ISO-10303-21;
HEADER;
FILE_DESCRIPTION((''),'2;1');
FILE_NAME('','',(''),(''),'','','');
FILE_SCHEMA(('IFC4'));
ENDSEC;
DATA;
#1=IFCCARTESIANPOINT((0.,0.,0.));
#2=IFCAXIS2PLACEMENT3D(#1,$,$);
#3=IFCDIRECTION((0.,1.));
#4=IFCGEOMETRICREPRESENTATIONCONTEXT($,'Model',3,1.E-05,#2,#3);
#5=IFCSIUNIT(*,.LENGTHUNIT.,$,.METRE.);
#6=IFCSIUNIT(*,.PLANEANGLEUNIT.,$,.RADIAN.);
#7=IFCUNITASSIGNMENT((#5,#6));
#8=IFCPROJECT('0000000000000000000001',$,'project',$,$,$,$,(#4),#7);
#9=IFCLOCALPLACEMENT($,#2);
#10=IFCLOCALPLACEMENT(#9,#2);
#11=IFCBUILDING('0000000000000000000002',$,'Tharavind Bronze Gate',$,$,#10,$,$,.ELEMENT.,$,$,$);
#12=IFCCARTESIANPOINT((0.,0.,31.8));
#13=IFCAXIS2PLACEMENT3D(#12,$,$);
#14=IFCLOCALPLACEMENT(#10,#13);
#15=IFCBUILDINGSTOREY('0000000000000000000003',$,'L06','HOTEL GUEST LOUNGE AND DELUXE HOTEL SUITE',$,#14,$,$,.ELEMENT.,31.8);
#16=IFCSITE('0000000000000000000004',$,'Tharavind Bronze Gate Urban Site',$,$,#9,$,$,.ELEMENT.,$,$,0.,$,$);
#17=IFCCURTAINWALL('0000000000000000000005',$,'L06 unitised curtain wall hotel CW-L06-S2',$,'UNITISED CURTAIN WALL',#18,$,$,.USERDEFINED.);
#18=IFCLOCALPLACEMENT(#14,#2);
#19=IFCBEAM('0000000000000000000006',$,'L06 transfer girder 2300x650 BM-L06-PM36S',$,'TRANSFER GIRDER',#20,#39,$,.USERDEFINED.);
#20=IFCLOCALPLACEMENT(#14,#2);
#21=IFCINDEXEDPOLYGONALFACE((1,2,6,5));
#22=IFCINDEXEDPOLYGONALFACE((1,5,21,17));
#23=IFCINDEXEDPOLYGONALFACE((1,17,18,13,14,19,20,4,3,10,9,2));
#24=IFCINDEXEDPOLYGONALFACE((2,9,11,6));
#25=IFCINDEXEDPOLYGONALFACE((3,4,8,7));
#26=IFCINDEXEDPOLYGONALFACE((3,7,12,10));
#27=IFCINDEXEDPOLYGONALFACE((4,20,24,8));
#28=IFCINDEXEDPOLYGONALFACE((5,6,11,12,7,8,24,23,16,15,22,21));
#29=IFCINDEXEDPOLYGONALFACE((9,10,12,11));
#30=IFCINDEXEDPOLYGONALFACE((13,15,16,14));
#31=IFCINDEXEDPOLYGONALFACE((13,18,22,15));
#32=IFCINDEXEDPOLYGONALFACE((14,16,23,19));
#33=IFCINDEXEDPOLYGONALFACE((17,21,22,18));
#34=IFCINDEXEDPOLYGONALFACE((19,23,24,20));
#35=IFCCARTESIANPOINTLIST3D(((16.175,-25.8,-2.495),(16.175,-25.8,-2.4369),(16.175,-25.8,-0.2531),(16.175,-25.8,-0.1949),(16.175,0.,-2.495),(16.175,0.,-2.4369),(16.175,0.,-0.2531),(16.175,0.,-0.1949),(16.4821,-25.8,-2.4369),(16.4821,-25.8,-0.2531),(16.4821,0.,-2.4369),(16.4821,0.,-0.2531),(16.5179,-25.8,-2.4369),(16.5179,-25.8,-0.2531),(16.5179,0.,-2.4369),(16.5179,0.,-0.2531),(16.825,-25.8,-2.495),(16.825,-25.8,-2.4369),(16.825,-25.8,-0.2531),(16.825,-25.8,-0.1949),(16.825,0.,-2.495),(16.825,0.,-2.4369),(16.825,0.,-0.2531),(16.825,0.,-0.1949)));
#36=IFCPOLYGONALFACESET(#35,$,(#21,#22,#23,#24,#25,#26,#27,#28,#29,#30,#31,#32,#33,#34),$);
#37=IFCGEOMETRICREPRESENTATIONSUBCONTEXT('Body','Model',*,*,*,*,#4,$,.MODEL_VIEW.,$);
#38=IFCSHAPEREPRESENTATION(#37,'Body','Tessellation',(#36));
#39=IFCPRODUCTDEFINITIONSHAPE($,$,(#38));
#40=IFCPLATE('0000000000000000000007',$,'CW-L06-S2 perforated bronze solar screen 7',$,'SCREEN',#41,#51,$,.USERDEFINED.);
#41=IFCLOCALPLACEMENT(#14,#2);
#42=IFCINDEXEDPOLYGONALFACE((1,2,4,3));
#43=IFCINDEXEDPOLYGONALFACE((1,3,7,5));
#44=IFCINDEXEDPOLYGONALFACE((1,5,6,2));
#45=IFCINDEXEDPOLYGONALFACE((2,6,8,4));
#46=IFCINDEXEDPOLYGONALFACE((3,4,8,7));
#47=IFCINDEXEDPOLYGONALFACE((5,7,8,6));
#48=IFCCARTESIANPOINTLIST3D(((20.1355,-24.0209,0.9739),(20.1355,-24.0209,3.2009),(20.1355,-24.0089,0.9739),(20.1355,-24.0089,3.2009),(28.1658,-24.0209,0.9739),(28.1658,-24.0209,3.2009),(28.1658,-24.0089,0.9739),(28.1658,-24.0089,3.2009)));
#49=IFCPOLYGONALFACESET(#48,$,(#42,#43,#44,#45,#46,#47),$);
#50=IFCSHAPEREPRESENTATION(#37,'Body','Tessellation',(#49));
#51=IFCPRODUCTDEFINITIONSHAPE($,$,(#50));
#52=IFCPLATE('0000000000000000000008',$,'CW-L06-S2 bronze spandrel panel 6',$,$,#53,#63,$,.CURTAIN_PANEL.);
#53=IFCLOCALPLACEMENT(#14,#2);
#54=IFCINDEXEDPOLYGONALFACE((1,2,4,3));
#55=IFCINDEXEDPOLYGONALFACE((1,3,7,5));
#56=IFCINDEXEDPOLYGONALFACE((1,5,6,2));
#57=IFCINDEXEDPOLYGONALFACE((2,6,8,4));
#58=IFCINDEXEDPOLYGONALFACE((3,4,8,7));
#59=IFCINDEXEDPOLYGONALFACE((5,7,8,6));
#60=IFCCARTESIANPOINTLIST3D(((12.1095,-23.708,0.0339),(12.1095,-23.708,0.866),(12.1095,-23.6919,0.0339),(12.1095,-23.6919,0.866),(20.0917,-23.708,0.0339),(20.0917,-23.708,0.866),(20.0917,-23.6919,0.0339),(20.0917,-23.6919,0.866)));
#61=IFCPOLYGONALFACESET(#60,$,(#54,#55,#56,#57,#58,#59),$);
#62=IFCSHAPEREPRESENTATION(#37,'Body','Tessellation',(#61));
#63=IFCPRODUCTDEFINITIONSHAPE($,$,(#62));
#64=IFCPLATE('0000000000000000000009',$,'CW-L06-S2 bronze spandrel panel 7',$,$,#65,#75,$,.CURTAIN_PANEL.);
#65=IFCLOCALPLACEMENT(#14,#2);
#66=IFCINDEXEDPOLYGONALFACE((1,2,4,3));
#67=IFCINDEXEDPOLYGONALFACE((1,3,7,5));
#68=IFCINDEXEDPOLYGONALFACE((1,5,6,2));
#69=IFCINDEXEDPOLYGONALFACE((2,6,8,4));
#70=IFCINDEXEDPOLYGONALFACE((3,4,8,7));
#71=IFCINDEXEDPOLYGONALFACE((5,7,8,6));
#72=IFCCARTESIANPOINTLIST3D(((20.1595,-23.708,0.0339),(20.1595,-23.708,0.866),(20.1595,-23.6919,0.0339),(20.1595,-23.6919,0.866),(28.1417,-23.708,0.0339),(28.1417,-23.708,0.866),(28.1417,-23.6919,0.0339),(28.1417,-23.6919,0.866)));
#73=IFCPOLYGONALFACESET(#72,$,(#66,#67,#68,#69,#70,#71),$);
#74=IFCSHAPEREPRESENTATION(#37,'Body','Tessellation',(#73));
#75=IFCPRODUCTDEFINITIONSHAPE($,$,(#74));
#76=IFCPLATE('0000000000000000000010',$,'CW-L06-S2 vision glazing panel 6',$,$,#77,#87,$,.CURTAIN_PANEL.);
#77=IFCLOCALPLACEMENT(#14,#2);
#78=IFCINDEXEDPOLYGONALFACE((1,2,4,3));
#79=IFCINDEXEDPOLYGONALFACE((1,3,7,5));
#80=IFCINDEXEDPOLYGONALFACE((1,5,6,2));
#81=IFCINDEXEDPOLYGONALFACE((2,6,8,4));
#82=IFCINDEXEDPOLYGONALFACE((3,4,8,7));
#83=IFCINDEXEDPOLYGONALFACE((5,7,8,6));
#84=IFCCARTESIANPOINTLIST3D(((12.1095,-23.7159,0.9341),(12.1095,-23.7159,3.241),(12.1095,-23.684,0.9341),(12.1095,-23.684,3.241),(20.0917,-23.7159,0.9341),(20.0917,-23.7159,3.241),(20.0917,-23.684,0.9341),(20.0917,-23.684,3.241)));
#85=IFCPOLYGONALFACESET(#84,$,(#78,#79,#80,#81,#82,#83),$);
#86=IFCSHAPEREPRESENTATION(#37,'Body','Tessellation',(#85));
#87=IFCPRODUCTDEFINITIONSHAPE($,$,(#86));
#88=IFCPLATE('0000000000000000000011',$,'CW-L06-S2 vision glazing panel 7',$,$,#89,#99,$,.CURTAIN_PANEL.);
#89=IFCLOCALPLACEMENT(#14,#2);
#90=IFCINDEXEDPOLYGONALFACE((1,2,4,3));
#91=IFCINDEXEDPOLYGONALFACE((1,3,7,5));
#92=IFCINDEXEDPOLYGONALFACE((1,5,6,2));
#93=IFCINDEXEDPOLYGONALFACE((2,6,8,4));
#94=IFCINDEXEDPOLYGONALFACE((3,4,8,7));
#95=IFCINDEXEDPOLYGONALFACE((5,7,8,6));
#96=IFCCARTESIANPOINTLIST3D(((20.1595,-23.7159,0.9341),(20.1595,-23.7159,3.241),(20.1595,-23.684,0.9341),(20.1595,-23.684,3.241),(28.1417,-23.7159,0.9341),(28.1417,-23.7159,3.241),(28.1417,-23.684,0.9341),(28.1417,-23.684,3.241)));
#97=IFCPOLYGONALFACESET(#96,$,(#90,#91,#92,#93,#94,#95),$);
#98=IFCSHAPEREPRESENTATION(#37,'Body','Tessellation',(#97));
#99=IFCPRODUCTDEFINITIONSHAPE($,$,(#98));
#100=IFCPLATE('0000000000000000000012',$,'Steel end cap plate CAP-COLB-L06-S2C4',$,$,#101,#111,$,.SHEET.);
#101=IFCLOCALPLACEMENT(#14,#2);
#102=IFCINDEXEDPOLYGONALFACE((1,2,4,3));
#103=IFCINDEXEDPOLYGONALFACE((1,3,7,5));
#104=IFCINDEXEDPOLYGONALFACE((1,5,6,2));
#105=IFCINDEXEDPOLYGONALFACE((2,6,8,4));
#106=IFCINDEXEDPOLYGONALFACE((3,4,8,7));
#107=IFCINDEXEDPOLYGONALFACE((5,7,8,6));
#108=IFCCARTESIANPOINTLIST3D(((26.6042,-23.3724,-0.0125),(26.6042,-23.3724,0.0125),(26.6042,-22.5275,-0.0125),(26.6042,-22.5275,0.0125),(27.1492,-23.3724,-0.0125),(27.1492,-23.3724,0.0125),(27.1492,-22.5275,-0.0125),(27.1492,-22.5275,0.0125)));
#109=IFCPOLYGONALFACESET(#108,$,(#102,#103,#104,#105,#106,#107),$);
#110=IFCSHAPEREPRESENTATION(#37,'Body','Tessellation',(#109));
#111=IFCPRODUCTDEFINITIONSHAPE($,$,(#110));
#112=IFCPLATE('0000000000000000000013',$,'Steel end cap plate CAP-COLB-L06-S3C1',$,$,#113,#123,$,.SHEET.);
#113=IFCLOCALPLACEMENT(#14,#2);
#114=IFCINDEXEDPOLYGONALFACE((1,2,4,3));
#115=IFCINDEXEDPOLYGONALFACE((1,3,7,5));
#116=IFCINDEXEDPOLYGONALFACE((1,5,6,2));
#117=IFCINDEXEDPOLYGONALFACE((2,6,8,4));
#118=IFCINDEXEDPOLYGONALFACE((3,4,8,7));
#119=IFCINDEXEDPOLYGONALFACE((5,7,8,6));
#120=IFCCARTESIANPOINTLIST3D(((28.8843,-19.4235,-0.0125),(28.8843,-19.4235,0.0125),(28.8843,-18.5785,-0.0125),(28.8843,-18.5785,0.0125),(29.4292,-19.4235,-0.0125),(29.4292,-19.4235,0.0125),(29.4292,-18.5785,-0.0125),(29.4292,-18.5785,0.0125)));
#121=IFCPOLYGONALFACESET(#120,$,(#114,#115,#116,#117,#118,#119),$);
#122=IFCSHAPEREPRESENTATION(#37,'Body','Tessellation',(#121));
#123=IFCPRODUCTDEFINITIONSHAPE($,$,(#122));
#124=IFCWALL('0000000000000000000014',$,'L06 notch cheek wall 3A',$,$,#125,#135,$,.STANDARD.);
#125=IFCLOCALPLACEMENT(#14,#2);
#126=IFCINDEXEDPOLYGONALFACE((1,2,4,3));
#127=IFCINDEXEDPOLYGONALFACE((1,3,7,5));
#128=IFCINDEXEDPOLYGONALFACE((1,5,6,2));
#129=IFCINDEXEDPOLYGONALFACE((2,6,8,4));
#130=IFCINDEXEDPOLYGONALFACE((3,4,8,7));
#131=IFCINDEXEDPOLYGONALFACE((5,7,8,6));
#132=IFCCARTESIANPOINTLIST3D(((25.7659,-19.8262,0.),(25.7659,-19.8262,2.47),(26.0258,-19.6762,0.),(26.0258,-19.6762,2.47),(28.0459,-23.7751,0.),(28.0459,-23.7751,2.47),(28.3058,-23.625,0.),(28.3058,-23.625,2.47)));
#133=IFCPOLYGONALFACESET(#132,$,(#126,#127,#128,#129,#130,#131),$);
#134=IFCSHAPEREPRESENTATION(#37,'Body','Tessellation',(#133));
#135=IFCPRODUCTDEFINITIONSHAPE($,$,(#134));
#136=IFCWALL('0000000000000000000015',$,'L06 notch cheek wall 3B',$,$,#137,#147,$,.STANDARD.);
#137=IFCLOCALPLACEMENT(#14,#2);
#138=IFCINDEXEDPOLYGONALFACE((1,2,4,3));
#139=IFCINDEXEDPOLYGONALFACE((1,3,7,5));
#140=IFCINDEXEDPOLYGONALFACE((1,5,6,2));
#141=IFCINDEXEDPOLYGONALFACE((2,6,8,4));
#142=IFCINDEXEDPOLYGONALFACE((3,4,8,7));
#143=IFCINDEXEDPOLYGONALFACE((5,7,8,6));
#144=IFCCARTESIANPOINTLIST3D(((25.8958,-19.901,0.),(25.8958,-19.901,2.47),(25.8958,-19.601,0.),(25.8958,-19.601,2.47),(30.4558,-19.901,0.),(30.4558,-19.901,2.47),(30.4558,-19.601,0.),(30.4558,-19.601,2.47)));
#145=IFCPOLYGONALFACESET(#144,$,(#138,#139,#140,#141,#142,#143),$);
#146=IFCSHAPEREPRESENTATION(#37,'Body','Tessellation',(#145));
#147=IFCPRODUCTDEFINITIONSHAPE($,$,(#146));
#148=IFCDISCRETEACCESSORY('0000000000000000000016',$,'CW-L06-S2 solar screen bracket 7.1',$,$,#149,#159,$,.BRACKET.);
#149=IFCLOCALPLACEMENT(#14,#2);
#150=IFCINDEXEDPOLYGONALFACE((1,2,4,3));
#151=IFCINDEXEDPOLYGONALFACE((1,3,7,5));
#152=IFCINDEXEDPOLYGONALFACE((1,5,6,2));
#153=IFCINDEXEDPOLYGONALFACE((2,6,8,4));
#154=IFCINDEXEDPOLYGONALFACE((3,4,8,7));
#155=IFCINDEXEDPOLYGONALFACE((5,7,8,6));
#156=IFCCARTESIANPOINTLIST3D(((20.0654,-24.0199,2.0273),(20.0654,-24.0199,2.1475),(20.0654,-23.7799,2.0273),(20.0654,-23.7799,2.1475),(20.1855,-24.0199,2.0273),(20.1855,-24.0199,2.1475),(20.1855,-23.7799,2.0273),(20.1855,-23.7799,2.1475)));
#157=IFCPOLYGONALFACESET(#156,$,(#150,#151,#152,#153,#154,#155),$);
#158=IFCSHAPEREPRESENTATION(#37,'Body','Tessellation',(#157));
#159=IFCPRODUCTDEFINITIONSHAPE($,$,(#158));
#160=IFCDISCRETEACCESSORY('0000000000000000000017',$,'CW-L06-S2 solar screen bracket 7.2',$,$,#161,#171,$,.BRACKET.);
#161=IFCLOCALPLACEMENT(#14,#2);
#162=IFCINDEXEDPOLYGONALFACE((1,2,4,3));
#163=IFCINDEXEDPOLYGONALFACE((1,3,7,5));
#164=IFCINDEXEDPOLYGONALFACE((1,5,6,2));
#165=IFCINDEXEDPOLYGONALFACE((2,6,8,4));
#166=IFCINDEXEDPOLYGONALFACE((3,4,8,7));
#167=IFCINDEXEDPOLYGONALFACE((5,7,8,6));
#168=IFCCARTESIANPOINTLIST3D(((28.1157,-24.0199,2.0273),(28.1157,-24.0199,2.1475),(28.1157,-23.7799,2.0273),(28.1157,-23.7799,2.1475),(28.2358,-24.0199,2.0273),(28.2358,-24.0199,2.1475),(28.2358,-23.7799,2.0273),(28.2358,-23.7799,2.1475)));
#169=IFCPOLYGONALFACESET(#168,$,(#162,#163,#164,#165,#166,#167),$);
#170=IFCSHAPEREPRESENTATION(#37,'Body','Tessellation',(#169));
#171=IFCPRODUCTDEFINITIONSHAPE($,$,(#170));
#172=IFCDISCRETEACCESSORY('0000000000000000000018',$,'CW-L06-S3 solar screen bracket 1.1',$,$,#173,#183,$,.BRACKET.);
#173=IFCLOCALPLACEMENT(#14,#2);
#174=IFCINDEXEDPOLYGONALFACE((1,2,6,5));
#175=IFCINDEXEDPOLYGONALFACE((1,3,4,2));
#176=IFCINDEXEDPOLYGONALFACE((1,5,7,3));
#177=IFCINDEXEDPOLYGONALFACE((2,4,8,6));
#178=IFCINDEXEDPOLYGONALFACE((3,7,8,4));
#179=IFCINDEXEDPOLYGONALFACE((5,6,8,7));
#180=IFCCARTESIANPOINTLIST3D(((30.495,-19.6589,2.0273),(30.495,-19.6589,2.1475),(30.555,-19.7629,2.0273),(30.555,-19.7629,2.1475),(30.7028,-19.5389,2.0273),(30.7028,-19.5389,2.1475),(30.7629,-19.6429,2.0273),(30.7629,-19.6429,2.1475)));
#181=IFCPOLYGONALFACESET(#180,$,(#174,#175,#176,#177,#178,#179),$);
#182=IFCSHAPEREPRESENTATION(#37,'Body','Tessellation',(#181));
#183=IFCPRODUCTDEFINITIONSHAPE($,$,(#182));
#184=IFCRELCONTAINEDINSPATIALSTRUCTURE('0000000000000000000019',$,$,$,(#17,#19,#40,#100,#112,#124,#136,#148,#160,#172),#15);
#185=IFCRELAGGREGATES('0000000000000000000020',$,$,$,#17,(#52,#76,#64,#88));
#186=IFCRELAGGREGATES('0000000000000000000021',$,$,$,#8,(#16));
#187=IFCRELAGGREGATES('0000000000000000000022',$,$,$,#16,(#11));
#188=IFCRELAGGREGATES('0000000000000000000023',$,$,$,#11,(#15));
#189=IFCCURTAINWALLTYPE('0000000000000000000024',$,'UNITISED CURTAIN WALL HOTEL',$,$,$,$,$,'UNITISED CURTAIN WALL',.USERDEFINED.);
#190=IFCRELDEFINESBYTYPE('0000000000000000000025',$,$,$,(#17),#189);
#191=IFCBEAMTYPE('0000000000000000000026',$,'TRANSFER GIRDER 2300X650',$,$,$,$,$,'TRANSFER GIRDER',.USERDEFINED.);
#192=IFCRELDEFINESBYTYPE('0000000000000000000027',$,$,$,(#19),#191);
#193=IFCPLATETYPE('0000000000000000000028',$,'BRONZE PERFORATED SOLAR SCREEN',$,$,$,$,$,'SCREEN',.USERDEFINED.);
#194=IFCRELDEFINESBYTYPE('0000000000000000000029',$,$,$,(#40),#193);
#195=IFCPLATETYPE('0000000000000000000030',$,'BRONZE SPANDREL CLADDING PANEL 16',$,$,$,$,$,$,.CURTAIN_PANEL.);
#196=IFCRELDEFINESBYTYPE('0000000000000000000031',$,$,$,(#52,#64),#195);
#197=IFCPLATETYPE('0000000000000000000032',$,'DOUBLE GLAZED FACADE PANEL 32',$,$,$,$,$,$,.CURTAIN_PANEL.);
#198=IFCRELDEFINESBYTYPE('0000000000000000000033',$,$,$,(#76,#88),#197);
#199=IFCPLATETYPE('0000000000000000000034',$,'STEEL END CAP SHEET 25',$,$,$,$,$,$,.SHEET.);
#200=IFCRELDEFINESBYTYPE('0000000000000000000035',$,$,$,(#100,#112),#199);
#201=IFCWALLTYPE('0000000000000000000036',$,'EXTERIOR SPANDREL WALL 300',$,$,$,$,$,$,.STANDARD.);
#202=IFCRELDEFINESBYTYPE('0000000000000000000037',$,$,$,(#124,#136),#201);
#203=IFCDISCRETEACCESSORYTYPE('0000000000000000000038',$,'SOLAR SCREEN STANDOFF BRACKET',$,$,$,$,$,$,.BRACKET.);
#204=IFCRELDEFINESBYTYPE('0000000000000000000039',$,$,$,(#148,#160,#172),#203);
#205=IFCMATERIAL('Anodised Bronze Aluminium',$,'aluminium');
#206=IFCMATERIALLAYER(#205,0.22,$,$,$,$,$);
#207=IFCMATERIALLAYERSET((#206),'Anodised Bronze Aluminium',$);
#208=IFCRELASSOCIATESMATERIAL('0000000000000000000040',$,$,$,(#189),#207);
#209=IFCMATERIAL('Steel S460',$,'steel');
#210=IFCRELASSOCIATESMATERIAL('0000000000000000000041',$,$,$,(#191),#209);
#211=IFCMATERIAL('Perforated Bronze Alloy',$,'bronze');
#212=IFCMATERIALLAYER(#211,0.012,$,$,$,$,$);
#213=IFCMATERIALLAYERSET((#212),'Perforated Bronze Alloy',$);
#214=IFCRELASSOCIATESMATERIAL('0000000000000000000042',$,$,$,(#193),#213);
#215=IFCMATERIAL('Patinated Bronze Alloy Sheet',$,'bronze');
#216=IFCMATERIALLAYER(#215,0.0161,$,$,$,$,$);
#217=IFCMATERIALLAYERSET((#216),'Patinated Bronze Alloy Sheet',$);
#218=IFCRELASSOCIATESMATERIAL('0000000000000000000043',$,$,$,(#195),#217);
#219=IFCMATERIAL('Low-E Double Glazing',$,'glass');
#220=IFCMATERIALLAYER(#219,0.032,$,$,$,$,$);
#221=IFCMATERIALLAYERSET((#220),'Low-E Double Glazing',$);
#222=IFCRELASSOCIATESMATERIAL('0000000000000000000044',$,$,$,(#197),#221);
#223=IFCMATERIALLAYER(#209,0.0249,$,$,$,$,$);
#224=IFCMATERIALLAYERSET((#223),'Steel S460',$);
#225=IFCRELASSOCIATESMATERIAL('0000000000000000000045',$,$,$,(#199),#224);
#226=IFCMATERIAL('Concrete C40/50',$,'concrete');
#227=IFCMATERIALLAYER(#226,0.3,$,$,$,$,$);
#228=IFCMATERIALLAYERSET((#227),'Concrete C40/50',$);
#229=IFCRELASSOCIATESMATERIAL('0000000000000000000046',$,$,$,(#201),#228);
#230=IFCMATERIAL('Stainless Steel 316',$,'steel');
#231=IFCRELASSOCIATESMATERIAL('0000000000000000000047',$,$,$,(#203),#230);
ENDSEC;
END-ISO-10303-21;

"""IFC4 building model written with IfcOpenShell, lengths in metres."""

from ifc_helpers import new_model, si_unit, direction, frame, frame_2d, origin, origin_2d, place, context, subcontext, project, spatial, rectangle, i_section, extrude, material, layer, layer_set, material_profile, profile_set, type_object, element, aggregate, save


model = new_model("IFC4")

# Units and contexts
model_context = context("Model", 3, precision=1e-05, world=origin(), true_north=direction((0.0, 1.0)))
body_context = subcontext(model_context, "Body", "Model", "MODEL_VIEW")
ifc_project = project(units=[si_unit("LENGTHUNIT", "METRE"), si_unit("PLANEANGLEUNIT", "RADIAN")], contexts=[model_context])

# Site, building, storey
site_placement = place(None, origin())
site = spatial("IfcSite", under=ifc_project, at=site_placement, Name="Tharavind Bronze Gate Urban Site", CompositionType="ELEMENT", RefElevation=0.0)
building_placement = place(site_placement, origin())
building = spatial("IfcBuilding", under=site, at=building_placement, Name="Tharavind Bronze Gate", CompositionType="ELEMENT")
storey_placement = place(building_placement, frame((0.0, 0.0, 31.8)))
storey = spatial("IfcBuildingStorey", under=building, at=storey_placement, Name="L06", Description="HOTEL GUEST LOUNGE AND DELUXE HOTEL SUITE", CompositionType="ELEMENT", Elevation=31.8)

# Shared definitions
ifc_material_1 = material(Name="Steel S460", Category="steel")

# Curtain wall
ifc_material_2 = material(Name="Anodised Bronze Aluminium", Category="aluminium")
ifc_layer_1 = layer(ifc_material_2, 0.22)
ifc_layer_set_1 = layer_set([ifc_layer_1], Name="Anodised Bronze Aluminium")
curtain_wall_type = type_object("IfcCurtainWallType", Name="UNITISED CURTAIN WALL HOTEL", ElementType="UNITISED CURTAIN WALL", PredefinedType="USERDEFINED", material=ifc_layer_set_1)
curtain_wall_1_placement = place(storey_placement, origin())
curtain_wall_1 = element("IfcCurtainWall", 1, at=curtain_wall_1_placement, inside=storey, type_object=curtain_wall_type, Name="L06 unitised curtain wall hotel CW-L06-S2", ObjectType="UNITISED CURTAIN WALL", PredefinedType="USERDEFINED")

# Beam
ifc_material_profile_1 = material_profile(ifc_material_1, i_section(OverallWidth=0.6499, OverallDepth=2.3, WebThickness=0.0359, FlangeThickness=0.0581, at=origin_2d()), Name="PG2300X650")
ifc_profile_set_1 = profile_set([ifc_material_profile_1], Name="Steel S460")
beam_type_1 = type_object("IfcBeamType", Name="TRANSFER GIRDER 2300X650", ElementType="TRANSFER GIRDER", PredefinedType="USERDEFINED", material=ifc_profile_set_1)
beam_1_placement = place(storey_placement, frame((16.5, -25.8, -1.345), z_axis=(0.0, 1.0, 0.0), x_axis=(-1.0, 0.0, 0.0)))
element("IfcBeam", 2, at=beam_1_placement, inside=storey, type_object=beam_type_1, Name="L06 transfer girder 2300x650 BM-L06-PM36S", ObjectType="TRANSFER GIRDER", PredefinedType="USERDEFINED", context=body_context, shape_type="SweptSolid", body=[
    extrude(i_section(OverallWidth=0.6499, OverallDepth=2.3, WebThickness=0.0359, FlangeThickness=0.0581, at=origin_2d()), origin(), (0.0, 0.0, 1.0), 25.8),
])

# Plates
ifc_material_3 = material(Name="Perforated Bronze Alloy", Category="bronze")
ifc_layer_2 = layer(ifc_material_3, 0.012)
ifc_layer_set_2 = layer_set([ifc_layer_2], Name="Perforated Bronze Alloy")
plate_type_1 = type_object("IfcPlateType", Name="BRONZE PERFORATED SOLAR SCREEN", ElementType="SCREEN", PredefinedType="USERDEFINED", material=ifc_layer_set_2)
plate_1_placement = place(storey_placement, frame((24.1506, -24.0149, 0.9739), z_axis=(0.0, 0.0, 1.0), x_axis=(1.0, 0.0, 0.0)))
element("IfcPlate", 3, at=plate_1_placement, inside=storey, type_object=plate_type_1, Name="CW-L06-S2 perforated bronze solar screen 7", ObjectType="SCREEN", PredefinedType="USERDEFINED", context=body_context, shape_type="SweptSolid", body=[
    extrude(rectangle(XDim=8.0303, YDim=0.012, at=origin_2d()), origin(), (0.0, 0.0, 1.0), 2.2271),
])
ifc_material_4 = material(Name="Patinated Bronze Alloy Sheet", Category="bronze")
ifc_layer_3 = layer(ifc_material_4, 0.0161)
ifc_layer_set_3 = layer_set([ifc_layer_3], Name="Patinated Bronze Alloy Sheet")
plate_type_2 = type_object("IfcPlateType", Name="BRONZE SPANDREL CLADDING PANEL 16", PredefinedType="CURTAIN_PANEL", material=ifc_layer_set_3)
plate_2_placement = place(storey_placement, frame((16.1006, -23.7, 0.0339), z_axis=(0.0, 0.0, 1.0), x_axis=(1.0, 0.0, 0.0)))
plate_2 = element("IfcPlate", 4, at=plate_2_placement, type_object=plate_type_2, Name="CW-L06-S2 bronze spandrel panel 6", PredefinedType="CURTAIN_PANEL", context=body_context, shape_type="SweptSolid", body=[
    extrude(rectangle(XDim=7.9822, YDim=0.0161, at=origin_2d()), origin(), (0.0, 0.0, 1.0), 0.832),
])
plate_3_placement = place(storey_placement, frame((24.1506, -23.7, 0.0339), z_axis=(0.0, 0.0, 1.0), x_axis=(1.0, 0.0, 0.0)))
plate_3 = element("IfcPlate", 5, at=plate_3_placement, type_object=plate_type_2, Name="CW-L06-S2 bronze spandrel panel 7", PredefinedType="CURTAIN_PANEL", context=body_context, shape_type="SweptSolid", body=[
    extrude(rectangle(XDim=7.9822, YDim=0.0161, at=origin_2d()), origin(), (0.0, 0.0, 1.0), 0.832),
])
ifc_material_5 = material(Name="Low-E Double Glazing", Category="glass")
ifc_layer_4 = layer(ifc_material_5, 0.032)
ifc_layer_set_4 = layer_set([ifc_layer_4], Name="Low-E Double Glazing")
plate_type_3 = type_object("IfcPlateType", Name="DOUBLE GLAZED FACADE PANEL 32", PredefinedType="CURTAIN_PANEL", material=ifc_layer_set_4)
plate_4_placement = place(storey_placement, frame((16.1006, -23.7, 0.9341), z_axis=(0.0, 0.0, 1.0), x_axis=(1.0, 0.0, 0.0)))
plate_4 = element("IfcPlate", 6, at=plate_4_placement, type_object=plate_type_3, Name="CW-L06-S2 vision glazing panel 6", PredefinedType="CURTAIN_PANEL", context=body_context, shape_type="SweptSolid", body=[
    extrude(rectangle(XDim=7.9822, YDim=0.032, at=origin_2d()), origin(), (0.0, 0.0, 1.0), 2.3069),
])
plate_5_placement = place(storey_placement, frame((24.1506, -23.7, 0.9341), z_axis=(0.0, 0.0, 1.0), x_axis=(1.0, 0.0, 0.0)))
plate_5 = element("IfcPlate", 7, at=plate_5_placement, type_object=plate_type_3, Name="CW-L06-S2 vision glazing panel 7", PredefinedType="CURTAIN_PANEL", context=body_context, shape_type="SweptSolid", body=[
    extrude(rectangle(XDim=7.9822, YDim=0.032, at=origin_2d()), origin(), (0.0, 0.0, 1.0), 2.3069),
])
aggregate(curtain_wall_1, [plate_2, plate_4, plate_3, plate_5])

# Plates
ifc_layer_5 = layer(ifc_material_1, 0.0249)
ifc_layer_set_5 = layer_set([ifc_layer_5], Name="Steel S460")
plate_type_4 = type_object("IfcPlateType", Name="STEEL END CAP SHEET 25", PredefinedType="SHEET", material=ifc_layer_set_5)
for number, where, z_axis, x_axis, name in (
    (8, (26.8767, -22.95, -0.0125), (0.0, 0.0, 1.0), (1.0, 0.0, 0.0), "Steel end cap plate CAP-COLB-L06-S2C4"),
    (9, (29.1567, -19.001, -0.0125), (0.0, 0.0, 1.0), (1.0, 0.0, 0.0), "Steel end cap plate CAP-COLB-L06-S3C1"),
):
    element("IfcPlate", number, at=place(storey_placement, frame(where, z_axis=z_axis, x_axis=x_axis)), inside=storey, type_object=plate_type_4, Name=name, PredefinedType="SHEET", context=body_context, shape_type="SweptSolid", body=[
        extrude(rectangle(XDim=0.5449, YDim=0.845, at=origin_2d()), origin(), (0.0, 0.0, 1.0), 0.0249),
    ])

# Walls
ifc_material_6 = material(Name="Concrete C40/50", Category="concrete")
ifc_layer_6 = layer(ifc_material_6, 0.3)
ifc_layer_set_6 = layer_set([ifc_layer_6], Name="Concrete C40/50")
wall_type = type_object("IfcWallType", Name="EXTERIOR SPANDREL WALL 300", PredefinedType="STANDARD", material=ifc_layer_set_6)
wall_1_placement = place(storey_placement, frame((28.1758, -23.7, 0.0), z_axis=(0.0, 0.0, 1.0), x_axis=(-0.500014, 0.866017, 0.0)))
element("IfcWall", 10, at=wall_1_placement, inside=storey, type_object=wall_type, Name="L06 notch cheek wall 3A", PredefinedType="STANDARD", context=body_context, shape_type="SweptSolid", body=[
    extrude(rectangle(XDim=4.5598, YDim=0.3, at=frame_2d((2.2798, 0.0))), origin(), (0.0, 0.0, 1.0), 2.47),
])
wall_2_placement = place(storey_placement, frame((25.8958, -19.751, 0.0), z_axis=(0.0, 0.0, 1.0), x_axis=(1.0, 0.0, 0.0)))
element("IfcWall", 11, at=wall_2_placement, inside=storey, type_object=wall_type, Name="L06 notch cheek wall 3B", PredefinedType="STANDARD", context=body_context, shape_type="SweptSolid", body=[
    extrude(rectangle(XDim=4.5601, YDim=0.3, at=frame_2d((2.28, 0.0))), origin(), (0.0, 0.0, 1.0), 2.47),
])

# Discrete accessories
ifc_material_7 = material(Name="Stainless Steel 316", Category="steel")
discrete_accessory_type = type_object("IfcDiscreteAccessoryType", Name="SOLAR SCREEN STANDOFF BRACKET", PredefinedType="BRACKET", material=ifc_material_7)
for number, where, z_axis, x_axis, name in (
    (12, (20.1255, -23.8999, 2.0273), (0.0, 0.0, 1.0), (1.0, 0.0, 0.0), "CW-L06-S2 solar screen bracket 7.1"),
    (13, (28.1758, -23.8999, 2.0273), (0.0, 0.0, 1.0), (1.0, 0.0, 0.0), "CW-L06-S2 solar screen bracket 7.2"),
    (14, (30.6289, -19.6509, 2.0273), (0.0, 0.0, 1.0), (-0.500002, 0.866025, 0.0), "CW-L06-S3 solar screen bracket 1.1"),
):
    element("IfcDiscreteAccessory", number, at=place(storey_placement, frame(where, z_axis=z_axis, x_axis=x_axis)), inside=storey, type_object=discrete_accessory_type, Name=name, PredefinedType="BRACKET", context=body_context, shape_type="SweptSolid", body=[
        extrude(rectangle(XDim=0.1201, YDim=0.24, at=origin_2d()), origin(), (0.0, 0.0, 1.0), 0.1201),
    ])

save(model, "model.ifc")
